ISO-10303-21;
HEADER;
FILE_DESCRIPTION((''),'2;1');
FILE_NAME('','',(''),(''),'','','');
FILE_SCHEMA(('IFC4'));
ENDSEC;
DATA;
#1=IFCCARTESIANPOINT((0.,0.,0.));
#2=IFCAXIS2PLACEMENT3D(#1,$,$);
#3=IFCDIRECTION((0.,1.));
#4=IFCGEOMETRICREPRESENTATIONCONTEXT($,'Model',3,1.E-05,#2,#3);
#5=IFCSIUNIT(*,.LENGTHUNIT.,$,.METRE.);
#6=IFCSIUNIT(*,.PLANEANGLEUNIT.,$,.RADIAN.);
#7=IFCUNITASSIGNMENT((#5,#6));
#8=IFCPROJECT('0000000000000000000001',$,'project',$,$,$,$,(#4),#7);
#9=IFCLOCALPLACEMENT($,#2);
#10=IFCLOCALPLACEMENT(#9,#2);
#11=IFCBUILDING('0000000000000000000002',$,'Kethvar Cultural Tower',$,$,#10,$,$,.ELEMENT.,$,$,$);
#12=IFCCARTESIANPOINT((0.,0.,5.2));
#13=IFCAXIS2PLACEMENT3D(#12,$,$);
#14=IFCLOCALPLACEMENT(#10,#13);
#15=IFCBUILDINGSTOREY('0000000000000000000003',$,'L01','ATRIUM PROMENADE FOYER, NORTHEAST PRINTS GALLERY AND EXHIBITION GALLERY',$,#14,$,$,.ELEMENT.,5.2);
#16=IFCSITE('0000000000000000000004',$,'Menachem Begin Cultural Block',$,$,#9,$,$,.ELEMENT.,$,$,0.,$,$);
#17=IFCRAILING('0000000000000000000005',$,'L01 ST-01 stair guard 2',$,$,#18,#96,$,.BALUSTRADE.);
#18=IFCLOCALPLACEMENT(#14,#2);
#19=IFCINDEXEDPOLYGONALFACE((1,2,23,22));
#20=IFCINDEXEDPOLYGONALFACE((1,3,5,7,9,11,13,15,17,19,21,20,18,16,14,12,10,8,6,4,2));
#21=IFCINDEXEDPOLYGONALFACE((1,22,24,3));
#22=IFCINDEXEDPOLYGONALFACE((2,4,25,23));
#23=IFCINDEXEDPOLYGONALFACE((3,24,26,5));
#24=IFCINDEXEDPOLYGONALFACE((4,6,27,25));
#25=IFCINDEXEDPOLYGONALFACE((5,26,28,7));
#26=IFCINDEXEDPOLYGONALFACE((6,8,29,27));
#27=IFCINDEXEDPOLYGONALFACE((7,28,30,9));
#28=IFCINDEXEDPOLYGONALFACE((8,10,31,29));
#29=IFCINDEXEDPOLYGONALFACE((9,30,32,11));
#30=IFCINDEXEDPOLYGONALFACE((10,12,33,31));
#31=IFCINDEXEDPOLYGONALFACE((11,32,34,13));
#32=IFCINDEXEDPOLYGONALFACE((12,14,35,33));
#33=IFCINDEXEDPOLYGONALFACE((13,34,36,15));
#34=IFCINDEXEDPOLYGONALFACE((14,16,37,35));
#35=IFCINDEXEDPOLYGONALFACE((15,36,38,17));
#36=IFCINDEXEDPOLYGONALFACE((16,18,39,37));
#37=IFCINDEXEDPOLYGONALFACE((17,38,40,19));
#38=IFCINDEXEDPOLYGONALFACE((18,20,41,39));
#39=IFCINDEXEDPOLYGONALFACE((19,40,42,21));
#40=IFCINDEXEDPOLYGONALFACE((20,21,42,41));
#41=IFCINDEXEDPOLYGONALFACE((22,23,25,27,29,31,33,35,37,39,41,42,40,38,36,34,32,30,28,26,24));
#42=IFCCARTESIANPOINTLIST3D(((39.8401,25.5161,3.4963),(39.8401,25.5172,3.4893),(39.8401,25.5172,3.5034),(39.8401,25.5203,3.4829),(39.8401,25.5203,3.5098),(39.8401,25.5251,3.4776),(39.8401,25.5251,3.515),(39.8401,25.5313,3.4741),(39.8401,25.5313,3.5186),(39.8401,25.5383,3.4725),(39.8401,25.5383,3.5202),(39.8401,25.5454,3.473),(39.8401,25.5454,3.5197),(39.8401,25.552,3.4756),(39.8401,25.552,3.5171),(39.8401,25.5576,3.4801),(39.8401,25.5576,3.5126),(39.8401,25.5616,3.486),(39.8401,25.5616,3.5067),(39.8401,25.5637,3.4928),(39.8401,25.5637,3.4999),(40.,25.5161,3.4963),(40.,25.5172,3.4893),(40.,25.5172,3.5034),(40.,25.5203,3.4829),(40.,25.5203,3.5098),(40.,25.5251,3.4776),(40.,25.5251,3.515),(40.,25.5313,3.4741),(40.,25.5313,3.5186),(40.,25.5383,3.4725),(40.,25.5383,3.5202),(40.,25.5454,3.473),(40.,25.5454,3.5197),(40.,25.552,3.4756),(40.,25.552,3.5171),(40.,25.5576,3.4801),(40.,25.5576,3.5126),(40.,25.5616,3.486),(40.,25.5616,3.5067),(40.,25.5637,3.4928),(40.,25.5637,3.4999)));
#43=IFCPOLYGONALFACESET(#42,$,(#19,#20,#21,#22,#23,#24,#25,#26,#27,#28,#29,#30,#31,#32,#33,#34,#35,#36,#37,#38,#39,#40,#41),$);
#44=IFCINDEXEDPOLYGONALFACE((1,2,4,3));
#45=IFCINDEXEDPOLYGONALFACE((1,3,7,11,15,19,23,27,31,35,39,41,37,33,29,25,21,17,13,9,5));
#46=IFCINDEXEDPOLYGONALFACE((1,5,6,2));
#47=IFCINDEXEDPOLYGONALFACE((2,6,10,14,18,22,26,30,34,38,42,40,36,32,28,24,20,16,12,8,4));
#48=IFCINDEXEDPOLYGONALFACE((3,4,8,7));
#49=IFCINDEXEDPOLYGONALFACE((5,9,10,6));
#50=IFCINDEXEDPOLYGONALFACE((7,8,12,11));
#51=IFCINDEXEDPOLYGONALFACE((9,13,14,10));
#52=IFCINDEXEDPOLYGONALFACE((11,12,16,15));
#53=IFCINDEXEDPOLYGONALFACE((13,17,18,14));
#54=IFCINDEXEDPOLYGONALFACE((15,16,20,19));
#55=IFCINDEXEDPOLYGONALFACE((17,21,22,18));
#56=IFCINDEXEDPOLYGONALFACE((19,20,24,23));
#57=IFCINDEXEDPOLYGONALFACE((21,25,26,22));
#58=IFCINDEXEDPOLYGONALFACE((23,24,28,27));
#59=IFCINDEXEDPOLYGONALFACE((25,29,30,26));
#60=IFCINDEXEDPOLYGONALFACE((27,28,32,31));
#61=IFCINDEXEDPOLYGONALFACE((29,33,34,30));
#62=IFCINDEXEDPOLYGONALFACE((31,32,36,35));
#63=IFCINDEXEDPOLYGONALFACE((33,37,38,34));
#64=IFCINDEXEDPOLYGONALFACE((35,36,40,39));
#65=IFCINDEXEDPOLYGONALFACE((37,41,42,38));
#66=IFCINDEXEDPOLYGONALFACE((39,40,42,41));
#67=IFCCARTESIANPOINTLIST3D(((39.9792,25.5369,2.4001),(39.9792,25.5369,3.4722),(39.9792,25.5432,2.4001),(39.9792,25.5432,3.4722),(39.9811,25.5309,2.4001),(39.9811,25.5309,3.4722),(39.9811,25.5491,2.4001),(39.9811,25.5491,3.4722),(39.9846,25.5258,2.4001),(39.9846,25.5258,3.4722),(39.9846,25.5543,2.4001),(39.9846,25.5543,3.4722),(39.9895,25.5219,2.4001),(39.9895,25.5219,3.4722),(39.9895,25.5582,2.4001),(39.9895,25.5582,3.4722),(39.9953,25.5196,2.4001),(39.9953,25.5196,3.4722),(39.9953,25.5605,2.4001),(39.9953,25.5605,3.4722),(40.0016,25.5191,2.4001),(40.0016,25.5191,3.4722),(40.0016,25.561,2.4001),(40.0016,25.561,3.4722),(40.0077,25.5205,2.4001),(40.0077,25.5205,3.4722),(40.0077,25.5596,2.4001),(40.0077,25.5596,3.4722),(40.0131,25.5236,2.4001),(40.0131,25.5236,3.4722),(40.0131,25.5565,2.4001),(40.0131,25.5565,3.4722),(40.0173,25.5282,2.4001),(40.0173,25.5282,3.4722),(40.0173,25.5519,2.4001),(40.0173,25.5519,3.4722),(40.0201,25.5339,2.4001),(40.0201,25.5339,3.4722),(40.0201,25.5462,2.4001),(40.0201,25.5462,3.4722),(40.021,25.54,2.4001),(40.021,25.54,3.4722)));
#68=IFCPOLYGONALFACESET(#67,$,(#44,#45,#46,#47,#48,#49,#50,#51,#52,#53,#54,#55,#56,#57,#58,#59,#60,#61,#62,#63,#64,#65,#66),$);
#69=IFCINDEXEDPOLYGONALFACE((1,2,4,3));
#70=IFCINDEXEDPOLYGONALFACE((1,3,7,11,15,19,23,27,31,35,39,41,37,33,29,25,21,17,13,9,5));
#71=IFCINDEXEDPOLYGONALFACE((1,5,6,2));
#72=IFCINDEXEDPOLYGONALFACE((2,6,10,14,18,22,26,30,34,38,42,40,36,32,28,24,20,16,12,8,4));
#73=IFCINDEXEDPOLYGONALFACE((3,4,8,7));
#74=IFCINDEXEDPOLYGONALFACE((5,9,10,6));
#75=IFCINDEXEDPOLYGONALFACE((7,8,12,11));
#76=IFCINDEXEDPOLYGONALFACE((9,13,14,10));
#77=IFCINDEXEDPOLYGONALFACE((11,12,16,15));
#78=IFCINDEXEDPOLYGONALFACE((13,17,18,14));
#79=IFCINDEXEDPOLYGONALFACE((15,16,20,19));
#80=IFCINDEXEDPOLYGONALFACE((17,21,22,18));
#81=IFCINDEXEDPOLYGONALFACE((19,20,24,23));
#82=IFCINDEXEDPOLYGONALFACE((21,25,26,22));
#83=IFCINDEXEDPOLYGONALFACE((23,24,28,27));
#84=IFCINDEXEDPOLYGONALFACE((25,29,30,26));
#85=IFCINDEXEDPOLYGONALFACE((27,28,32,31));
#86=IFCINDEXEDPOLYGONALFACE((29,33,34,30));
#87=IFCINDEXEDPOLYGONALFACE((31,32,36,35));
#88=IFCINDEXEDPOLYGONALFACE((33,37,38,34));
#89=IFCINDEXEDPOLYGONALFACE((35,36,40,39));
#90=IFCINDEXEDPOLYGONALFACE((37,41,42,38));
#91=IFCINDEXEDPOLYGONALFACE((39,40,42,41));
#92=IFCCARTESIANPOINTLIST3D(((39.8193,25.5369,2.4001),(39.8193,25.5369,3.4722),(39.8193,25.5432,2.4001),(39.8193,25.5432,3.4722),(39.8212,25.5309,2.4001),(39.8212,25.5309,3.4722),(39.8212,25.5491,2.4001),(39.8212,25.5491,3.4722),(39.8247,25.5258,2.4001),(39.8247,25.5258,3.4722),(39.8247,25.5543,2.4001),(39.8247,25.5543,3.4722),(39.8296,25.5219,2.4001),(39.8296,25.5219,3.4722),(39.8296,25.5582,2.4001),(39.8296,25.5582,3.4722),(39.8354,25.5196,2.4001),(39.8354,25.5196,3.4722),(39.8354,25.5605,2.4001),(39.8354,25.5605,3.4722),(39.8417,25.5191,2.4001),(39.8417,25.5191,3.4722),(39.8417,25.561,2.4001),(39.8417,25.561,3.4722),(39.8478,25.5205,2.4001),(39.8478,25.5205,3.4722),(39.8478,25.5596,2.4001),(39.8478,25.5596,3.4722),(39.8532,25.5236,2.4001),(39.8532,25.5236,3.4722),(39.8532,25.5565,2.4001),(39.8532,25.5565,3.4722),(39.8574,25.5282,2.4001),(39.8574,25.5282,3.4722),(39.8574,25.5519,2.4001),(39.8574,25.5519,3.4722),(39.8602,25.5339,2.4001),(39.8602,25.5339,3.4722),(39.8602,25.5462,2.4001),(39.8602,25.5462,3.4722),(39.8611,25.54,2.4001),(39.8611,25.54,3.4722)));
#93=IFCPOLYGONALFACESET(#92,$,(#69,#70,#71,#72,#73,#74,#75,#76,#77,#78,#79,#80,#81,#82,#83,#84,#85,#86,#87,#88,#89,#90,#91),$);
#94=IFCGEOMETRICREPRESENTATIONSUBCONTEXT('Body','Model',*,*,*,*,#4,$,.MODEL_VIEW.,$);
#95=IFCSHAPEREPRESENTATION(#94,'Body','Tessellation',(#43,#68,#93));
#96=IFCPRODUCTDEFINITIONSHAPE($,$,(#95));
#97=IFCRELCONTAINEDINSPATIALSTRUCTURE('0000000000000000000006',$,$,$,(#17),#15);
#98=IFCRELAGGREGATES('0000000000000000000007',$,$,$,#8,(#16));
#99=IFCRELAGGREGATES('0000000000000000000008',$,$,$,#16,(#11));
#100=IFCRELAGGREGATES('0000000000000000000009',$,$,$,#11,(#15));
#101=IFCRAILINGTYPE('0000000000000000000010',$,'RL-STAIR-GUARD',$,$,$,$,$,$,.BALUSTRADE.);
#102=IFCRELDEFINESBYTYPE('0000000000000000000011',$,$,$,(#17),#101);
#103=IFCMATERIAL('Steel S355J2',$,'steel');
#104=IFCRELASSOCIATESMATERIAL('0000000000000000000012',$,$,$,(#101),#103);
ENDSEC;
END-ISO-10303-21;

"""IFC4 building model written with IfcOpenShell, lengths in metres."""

from ifc_helpers import new_model, si_unit, direction, frame, origin, origin_2d, place, context, subcontext, project, spatial, circle, extrude, material, type_object, element, save


model = new_model("IFC4")

# Units and contexts
model_context = context("Model", 3, precision=1e-05, world=origin(), true_north=direction((0.0, 1.0)))
body_context = subcontext(model_context, "Body", "Model", "MODEL_VIEW")
ifc_project = project(units=[si_unit("LENGTHUNIT", "METRE"), si_unit("PLANEANGLEUNIT", "RADIAN")], contexts=[model_context])

# Site, building, storey
site_placement = place(None, origin())
site = spatial("IfcSite", under=ifc_project, at=site_placement, Name="Menachem Begin Cultural Block", CompositionType="ELEMENT", RefElevation=0.0)
building_placement = place(site_placement, origin())
building = spatial("IfcBuilding", under=site, at=building_placement, Name="Kethvar Cultural Tower", CompositionType="ELEMENT")
storey_placement = place(building_placement, frame((0.0, 0.0, 5.2)))
storey = spatial("IfcBuildingStorey", under=building, at=storey_placement, Name="L01", Description="ATRIUM PROMENADE FOYER, NORTHEAST PRINTS GALLERY AND EXHIBITION GALLERY", CompositionType="ELEMENT", Elevation=5.2)

# Shared definitions
ifc_material_1 = material(Name="Steel S355J2", Category="steel")

# Railing
railing_type_1 = type_object("IfcRailingType", Name="RL-STAIR-GUARD", PredefinedType="BALUSTRADE", material=ifc_material_1)
railing_1_placement = place(storey_placement, frame((40.0, 25.54, 2.4001)))
element("IfcRailing", 1, at=railing_1_placement, inside=storey, type_object=railing_type_1, Name="L01 ST-01 stair guard 2", PredefinedType="BALUSTRADE", context=body_context, shape_type="SweptSolid", body=[
    extrude(circle(Radius=0.0239, at=origin_2d()), frame((0.0, 0.0, 1.0962), z_axis=(-1.0, 0.0, 0.0), x_axis=(0.0, -1.0, 0.0)), (0.0, 0.0, 1.0), 0.1599),
    extrude(circle(Radius=0.021, at=origin_2d()), origin(), (0.0, 0.0, 1.0), 1.072),
    extrude(circle(Radius=0.021, at=origin_2d()), frame((-0.1599, 0.0, 0.0)), (0.0, 0.0, 1.0), 1.072),
])

save(model, "model.ifc")
